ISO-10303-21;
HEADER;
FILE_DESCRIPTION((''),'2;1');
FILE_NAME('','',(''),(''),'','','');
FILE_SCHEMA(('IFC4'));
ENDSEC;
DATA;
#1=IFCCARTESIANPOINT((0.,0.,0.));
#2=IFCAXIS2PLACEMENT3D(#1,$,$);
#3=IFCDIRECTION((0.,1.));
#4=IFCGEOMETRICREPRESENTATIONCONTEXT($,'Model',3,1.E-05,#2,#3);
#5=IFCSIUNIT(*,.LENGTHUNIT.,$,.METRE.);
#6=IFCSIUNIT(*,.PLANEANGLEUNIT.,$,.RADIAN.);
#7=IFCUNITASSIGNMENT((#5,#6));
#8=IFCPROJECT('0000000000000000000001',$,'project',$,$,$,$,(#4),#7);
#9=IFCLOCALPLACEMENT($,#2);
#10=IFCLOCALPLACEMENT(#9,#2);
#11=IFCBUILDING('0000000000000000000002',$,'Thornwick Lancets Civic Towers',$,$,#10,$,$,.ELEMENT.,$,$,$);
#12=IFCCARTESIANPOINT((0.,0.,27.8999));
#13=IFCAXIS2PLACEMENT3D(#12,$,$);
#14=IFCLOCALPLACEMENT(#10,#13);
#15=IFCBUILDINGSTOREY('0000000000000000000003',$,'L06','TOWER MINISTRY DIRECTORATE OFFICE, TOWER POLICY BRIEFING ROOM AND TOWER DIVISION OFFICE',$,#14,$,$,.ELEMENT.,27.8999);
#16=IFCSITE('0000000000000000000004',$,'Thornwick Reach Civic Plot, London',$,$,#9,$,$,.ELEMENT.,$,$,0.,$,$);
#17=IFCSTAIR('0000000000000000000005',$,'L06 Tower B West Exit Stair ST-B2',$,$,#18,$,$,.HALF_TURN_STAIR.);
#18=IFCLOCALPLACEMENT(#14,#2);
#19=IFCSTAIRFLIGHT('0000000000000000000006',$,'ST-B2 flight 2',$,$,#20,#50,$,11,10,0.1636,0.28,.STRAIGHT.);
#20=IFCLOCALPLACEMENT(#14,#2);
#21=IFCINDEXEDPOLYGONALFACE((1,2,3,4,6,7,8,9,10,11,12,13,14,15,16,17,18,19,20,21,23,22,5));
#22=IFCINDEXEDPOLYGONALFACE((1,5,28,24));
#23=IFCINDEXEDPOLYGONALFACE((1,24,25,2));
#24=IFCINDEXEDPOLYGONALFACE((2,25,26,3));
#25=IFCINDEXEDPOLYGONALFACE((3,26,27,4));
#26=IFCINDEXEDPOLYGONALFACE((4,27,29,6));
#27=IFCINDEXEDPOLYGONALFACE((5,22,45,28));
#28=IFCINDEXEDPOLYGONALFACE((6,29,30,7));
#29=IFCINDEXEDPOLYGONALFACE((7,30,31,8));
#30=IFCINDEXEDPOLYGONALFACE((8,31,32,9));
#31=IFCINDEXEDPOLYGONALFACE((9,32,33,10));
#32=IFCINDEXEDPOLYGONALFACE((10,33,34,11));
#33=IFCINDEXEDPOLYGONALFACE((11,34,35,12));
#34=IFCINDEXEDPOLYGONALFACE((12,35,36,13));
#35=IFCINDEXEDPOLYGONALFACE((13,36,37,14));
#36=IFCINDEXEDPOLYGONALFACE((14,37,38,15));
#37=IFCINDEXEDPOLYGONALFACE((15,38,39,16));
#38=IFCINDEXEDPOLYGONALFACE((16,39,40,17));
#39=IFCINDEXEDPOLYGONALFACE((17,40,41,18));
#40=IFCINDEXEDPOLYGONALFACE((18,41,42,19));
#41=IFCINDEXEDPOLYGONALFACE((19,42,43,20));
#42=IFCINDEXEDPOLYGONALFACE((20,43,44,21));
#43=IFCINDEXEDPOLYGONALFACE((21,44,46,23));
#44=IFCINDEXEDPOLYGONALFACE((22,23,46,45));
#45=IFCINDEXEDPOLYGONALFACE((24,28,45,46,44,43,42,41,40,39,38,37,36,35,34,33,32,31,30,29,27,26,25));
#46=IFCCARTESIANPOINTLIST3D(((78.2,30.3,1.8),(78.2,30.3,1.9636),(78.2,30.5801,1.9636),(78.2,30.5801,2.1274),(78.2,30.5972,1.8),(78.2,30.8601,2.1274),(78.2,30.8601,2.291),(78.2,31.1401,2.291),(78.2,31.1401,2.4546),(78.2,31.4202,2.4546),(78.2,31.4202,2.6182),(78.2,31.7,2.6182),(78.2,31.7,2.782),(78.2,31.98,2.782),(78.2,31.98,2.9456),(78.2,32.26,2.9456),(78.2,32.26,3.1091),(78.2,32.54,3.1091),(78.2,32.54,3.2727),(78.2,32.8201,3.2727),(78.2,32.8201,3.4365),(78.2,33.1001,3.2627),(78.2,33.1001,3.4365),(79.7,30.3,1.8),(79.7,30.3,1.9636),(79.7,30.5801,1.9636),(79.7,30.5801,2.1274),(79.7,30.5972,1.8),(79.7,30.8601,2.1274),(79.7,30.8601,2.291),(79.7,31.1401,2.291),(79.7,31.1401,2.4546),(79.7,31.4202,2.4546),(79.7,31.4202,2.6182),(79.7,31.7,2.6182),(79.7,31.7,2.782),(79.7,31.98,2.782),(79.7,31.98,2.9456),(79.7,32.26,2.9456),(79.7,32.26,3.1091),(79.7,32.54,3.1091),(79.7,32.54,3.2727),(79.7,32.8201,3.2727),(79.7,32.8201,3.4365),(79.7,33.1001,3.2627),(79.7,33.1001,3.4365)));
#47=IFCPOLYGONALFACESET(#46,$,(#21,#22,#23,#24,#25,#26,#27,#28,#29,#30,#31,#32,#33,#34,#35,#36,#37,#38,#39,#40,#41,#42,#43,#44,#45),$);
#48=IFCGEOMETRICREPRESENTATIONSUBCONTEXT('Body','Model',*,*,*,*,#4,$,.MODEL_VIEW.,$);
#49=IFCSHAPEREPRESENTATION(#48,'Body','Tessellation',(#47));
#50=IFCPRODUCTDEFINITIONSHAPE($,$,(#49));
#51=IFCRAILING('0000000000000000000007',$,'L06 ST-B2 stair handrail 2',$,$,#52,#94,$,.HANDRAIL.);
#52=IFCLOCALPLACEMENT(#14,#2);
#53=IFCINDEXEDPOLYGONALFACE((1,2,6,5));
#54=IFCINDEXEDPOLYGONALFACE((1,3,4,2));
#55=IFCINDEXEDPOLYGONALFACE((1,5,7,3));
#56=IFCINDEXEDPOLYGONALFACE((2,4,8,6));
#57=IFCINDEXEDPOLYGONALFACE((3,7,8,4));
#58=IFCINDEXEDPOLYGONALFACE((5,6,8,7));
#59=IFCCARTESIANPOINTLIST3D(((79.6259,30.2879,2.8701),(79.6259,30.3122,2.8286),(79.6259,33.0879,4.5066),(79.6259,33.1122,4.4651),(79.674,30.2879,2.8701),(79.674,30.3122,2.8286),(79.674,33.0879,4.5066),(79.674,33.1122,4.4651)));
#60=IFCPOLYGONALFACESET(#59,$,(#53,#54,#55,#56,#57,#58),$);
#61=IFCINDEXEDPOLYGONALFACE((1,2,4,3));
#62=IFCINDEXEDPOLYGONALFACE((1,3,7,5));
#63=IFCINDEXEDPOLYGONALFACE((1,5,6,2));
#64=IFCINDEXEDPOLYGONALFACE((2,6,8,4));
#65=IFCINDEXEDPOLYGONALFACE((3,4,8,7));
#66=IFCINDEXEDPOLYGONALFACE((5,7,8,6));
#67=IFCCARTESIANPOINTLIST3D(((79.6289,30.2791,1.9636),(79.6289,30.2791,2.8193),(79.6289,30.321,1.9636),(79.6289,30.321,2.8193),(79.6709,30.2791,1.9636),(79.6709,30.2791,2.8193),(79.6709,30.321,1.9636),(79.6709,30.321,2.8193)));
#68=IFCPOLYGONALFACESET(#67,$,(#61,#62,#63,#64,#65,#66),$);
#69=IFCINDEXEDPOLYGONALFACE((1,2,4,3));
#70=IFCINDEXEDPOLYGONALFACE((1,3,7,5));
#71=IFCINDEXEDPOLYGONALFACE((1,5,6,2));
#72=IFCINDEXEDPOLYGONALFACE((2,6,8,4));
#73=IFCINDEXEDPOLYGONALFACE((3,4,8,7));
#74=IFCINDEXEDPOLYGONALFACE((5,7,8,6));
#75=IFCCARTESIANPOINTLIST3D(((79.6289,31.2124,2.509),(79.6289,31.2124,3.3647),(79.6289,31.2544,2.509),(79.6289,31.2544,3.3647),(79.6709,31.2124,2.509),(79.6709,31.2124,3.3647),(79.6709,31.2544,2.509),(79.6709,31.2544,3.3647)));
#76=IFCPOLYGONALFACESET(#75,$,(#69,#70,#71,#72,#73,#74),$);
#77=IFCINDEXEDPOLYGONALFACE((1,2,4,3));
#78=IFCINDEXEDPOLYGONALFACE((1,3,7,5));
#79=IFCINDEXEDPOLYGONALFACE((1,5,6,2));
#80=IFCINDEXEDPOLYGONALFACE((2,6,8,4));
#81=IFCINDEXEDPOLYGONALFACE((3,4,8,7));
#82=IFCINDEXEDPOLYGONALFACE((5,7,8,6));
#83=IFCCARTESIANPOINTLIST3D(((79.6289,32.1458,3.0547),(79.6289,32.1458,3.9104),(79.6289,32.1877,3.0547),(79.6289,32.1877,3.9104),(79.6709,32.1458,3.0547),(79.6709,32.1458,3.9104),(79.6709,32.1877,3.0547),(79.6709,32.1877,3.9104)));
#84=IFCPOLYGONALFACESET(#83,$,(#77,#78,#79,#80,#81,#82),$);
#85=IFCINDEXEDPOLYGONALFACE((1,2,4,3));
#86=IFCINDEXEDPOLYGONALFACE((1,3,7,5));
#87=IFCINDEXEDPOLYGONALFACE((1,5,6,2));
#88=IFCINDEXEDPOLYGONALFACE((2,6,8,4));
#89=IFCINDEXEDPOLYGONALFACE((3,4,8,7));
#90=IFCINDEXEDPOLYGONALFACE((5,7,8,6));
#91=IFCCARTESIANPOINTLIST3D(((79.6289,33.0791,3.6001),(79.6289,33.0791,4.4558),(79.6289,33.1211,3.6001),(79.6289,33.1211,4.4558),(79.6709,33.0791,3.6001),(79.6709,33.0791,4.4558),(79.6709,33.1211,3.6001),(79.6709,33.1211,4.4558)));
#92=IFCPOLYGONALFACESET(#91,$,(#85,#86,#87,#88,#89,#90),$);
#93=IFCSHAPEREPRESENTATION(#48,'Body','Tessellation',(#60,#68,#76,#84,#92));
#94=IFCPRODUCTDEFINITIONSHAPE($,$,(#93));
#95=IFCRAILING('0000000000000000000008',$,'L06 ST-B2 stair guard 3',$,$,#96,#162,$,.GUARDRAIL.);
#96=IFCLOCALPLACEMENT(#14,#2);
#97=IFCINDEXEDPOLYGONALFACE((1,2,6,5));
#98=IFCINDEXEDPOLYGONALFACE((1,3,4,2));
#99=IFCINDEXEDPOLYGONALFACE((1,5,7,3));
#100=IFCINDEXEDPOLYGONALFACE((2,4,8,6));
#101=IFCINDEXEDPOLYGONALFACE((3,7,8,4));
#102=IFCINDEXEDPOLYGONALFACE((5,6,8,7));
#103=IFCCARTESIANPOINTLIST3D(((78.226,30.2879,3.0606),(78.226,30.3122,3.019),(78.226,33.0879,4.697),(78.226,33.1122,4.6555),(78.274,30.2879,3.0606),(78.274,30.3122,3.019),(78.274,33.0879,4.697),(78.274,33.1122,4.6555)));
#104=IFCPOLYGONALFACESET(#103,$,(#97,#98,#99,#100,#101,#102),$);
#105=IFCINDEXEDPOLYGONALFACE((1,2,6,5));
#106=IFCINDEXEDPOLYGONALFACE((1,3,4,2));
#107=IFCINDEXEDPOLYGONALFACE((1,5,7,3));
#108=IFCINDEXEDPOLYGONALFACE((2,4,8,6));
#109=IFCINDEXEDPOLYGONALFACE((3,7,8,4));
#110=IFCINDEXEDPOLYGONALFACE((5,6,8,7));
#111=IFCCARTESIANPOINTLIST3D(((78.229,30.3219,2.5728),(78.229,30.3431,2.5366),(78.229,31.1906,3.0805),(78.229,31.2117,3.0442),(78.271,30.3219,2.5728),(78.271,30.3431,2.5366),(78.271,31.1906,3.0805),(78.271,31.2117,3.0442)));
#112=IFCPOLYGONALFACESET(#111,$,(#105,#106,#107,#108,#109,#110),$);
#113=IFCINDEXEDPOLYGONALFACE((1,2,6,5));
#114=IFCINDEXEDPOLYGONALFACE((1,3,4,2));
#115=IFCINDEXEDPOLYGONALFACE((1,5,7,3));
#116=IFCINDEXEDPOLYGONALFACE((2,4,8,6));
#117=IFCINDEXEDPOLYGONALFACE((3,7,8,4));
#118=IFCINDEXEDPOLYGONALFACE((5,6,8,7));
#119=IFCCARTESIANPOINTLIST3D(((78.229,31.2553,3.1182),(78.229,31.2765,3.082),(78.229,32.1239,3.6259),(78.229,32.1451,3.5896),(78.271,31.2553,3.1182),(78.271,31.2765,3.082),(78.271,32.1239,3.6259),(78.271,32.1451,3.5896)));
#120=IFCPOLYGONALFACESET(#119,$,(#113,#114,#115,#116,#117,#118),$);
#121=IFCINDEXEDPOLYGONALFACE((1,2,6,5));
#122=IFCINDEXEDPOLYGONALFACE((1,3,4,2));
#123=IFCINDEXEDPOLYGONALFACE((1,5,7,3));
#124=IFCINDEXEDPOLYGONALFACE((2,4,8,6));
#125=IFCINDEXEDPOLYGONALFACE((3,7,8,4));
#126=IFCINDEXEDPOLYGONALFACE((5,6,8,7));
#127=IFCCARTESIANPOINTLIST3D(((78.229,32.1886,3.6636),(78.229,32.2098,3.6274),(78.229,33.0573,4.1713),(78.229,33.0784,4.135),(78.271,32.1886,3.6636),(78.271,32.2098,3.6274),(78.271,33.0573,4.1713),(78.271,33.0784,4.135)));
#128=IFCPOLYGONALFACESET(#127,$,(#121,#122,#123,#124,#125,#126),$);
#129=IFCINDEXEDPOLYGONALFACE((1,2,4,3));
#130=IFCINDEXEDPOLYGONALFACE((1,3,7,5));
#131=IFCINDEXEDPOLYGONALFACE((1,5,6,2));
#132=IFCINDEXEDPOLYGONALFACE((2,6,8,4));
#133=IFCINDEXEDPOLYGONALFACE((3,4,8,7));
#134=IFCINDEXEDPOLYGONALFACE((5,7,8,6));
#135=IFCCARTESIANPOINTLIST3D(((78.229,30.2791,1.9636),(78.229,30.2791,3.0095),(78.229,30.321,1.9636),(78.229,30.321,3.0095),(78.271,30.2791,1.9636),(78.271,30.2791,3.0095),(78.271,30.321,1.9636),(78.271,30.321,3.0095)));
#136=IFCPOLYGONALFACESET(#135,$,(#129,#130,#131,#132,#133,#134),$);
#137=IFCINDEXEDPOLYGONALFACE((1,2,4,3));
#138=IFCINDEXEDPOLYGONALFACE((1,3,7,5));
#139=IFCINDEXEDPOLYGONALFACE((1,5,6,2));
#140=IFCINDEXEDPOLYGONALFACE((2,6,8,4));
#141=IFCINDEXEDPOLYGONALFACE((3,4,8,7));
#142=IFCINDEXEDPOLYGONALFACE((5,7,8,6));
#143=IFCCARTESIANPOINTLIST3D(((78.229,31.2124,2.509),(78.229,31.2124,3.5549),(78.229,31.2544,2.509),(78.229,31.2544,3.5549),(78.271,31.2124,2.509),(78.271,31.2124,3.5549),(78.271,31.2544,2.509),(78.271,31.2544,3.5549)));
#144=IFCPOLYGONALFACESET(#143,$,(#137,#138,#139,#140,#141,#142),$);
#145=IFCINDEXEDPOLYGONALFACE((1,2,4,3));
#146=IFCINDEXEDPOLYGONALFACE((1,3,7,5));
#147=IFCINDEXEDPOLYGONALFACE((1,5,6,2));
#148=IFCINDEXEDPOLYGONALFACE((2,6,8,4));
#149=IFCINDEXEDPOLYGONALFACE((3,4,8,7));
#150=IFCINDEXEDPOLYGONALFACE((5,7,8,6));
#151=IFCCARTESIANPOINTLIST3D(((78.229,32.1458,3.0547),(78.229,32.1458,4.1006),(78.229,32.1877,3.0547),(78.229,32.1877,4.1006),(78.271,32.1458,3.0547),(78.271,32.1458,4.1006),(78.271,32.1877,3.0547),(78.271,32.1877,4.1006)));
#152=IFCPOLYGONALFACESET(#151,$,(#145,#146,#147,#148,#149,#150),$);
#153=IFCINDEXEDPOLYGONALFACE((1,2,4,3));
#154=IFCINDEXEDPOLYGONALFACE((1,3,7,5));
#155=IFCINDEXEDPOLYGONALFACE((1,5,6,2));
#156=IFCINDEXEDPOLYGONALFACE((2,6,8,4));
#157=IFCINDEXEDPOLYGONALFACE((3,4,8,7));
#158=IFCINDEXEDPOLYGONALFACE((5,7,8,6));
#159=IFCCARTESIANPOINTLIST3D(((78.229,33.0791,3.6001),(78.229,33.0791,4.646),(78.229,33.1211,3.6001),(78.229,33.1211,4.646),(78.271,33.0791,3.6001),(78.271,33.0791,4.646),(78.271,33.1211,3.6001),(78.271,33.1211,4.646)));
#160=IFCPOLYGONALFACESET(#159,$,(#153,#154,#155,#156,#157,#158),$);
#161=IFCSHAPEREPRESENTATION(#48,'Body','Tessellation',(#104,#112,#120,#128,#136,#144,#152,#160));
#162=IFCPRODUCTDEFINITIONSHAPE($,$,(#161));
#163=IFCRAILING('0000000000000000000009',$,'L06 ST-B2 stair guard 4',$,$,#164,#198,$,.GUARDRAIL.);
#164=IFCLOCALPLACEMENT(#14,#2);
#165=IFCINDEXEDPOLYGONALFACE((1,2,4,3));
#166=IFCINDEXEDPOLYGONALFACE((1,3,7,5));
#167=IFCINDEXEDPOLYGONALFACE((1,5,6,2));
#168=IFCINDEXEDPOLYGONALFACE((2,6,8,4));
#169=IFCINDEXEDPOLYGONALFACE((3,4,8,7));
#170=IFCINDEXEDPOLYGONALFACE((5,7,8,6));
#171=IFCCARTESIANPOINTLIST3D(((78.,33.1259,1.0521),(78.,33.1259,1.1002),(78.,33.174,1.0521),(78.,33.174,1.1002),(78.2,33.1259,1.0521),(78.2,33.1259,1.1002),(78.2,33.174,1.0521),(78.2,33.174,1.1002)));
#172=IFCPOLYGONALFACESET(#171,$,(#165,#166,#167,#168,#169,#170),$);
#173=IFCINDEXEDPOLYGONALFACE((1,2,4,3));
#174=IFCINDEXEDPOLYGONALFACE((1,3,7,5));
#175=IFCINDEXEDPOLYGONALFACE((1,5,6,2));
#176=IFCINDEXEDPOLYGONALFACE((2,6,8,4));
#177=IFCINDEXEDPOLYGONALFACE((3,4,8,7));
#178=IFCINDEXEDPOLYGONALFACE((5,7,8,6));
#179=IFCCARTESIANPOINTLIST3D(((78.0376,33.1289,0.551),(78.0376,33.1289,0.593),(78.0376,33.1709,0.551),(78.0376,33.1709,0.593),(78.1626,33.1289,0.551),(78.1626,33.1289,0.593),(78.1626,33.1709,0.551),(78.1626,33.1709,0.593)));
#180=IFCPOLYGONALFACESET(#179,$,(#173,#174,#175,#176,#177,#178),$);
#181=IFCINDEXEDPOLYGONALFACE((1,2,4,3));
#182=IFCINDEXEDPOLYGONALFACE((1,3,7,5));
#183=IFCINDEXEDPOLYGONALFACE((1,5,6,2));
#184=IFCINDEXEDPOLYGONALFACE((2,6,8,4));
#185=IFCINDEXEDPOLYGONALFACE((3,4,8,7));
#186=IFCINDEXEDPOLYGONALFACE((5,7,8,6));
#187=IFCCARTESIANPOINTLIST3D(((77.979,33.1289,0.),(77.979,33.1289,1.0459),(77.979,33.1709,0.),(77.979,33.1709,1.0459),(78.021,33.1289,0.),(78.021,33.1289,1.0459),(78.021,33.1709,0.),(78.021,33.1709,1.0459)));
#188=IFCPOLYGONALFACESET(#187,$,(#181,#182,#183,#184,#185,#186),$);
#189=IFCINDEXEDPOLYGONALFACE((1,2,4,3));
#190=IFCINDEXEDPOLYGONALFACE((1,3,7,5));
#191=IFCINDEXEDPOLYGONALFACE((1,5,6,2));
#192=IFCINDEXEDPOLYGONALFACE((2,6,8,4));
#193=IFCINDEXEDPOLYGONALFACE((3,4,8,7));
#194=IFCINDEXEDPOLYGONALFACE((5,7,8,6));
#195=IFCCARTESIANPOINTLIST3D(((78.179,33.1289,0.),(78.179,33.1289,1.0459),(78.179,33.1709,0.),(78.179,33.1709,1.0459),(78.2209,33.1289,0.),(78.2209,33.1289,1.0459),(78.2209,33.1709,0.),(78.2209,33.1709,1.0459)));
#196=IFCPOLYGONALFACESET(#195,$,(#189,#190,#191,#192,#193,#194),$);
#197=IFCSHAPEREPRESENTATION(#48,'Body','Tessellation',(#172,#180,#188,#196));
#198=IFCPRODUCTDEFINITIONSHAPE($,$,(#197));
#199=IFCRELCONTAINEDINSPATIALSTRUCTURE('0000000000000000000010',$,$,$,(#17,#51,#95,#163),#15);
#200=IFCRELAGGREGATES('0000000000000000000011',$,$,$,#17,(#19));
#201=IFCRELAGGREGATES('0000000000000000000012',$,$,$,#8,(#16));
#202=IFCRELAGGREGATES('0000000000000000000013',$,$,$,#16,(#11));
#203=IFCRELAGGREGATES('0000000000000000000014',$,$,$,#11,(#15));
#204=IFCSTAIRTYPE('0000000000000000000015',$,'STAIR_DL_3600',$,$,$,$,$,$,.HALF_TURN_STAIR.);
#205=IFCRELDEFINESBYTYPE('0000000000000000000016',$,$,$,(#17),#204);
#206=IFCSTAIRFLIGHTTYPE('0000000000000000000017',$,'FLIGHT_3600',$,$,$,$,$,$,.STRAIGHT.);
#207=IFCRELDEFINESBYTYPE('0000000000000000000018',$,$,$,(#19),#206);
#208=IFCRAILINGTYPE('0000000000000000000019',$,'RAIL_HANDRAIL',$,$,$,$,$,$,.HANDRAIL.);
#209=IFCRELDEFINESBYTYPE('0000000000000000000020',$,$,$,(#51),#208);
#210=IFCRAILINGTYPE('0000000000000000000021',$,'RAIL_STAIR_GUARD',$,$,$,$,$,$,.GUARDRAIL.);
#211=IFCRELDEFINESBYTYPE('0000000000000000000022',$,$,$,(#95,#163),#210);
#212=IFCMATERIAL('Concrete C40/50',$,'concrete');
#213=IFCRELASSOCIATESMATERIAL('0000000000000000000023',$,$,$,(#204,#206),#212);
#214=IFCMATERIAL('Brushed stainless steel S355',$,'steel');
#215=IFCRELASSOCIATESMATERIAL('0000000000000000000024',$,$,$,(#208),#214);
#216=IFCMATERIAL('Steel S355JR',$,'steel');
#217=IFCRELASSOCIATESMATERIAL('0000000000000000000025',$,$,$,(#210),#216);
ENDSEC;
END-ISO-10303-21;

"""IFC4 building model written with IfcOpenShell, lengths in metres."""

from ifc_helpers import new_model, si_unit, direction, frame, origin, origin_2d, place, context, subcontext, project, spatial, polyline, rectangle, outline, extrude, material, type_object, element, aggregate, save


model = new_model("IFC4")

# Units and contexts
model_context = context("Model", 3, precision=1e-05, world=origin(), true_north=direction((0.0, 1.0)))
body_context = subcontext(model_context, "Body", "Model", "MODEL_VIEW")
ifc_project = project(units=[si_unit("LENGTHUNIT", "METRE"), si_unit("PLANEANGLEUNIT", "RADIAN")], contexts=[model_context])

# Site, building, storey
site_placement = place(None, origin())
site = spatial("IfcSite", under=ifc_project, at=site_placement, Name="Thornwick Reach Civic Plot, London", CompositionType="ELEMENT", RefElevation=0.0)
building_placement = place(site_placement, origin())
building = spatial("IfcBuilding", under=site, at=building_placement, Name="Thornwick Lancets Civic Towers", CompositionType="ELEMENT")
storey_placement = place(building_placement, frame((0.0, 0.0, 27.8999)))
storey = spatial("IfcBuildingStorey", under=building, at=storey_placement, Name="L06", Description="TOWER MINISTRY DIRECTORATE OFFICE, TOWER POLICY BRIEFING ROOM AND TOWER DIVISION OFFICE", CompositionType="ELEMENT", Elevation=27.8999)

# Shared definitions
ifc_material_1 = material(Name="Steel S355JR", Category="steel")

# Shared definitions
ifc_material_2 = material(Name="Concrete C40/50", Category="concrete")

# Stair, stair flight
stair_type = type_object("IfcStairType", Name="STAIR_DL_3600", PredefinedType="HALF_TURN_STAIR", material=ifc_material_2)
stair_placement = place(storey_placement, origin())
stair = element("IfcStair", 1, at=stair_placement, inside=storey, type_object=stair_type, Name="L06 Tower B West Exit Stair ST-B2", PredefinedType="HALF_TURN_STAIR")
stair_flight_type = type_object("IfcStairFlightType", Name="FLIGHT_3600", PredefinedType="STRAIGHT", material=ifc_material_2)
stair_flight_placement = place(storey_placement, frame((78.95, 30.3, 1.8), z_axis=(0.0, 0.0, 1.0), x_axis=(0.0, 1.0, 0.0)))
stair_flight = element("IfcStairFlight", 2, at=stair_flight_placement, type_object=stair_flight_type, Name="ST-B2 flight 2", NumberOfRisers=11, NumberOfTreads=10, PredefinedType="STRAIGHT", RiserHeight=0.1636, TreadLength=0.28, context=body_context, shape_type="SweptSolid", body=[
    extrude(outline(polyline([(0.0, 0.0), (0.0, 0.1636), (0.28, 0.1636), (0.28, 0.3274), (0.5601, 0.3274), (0.5601, 0.491), (0.8401, 0.491), (0.8401, 0.6545), (1.1201, 0.6545), (1.1201, 0.8181), (1.3999, 0.8181), (1.3999, 0.9819), (1.6799, 0.9819), (1.6799, 1.1455), (1.96, 1.1455), (1.96, 1.3091), (2.24, 1.3091), (2.24, 1.4727), (2.52, 1.4727), (2.52, 1.6365), (2.8, 1.6365), (2.8, 1.8), (2.8, 1.4626), (0.2971, 0.0), (0.0, 0.0)])), frame((0.0, 0.75, 0.0), z_axis=(0.0, -1.0, 0.0), x_axis=(1.0, 0.0, 0.0)), (0.0, 0.0, 1.0), 1.5),
])
aggregate(stair, [stair_flight])

# Railings
ifc_material_3 = material(Name="Brushed stainless steel S355", Category="steel")
railing_type_1 = type_object("IfcRailingType", Name="RAIL_HANDRAIL", PredefinedType="HANDRAIL", material=ifc_material_3)
railing_1_placement = place(storey_placement, frame((79.6499, 30.3, 1.9636)))
element("IfcRailing", 3, at=railing_1_placement, inside=storey, type_object=railing_type_1, Name="L06 ST-B2 stair handrail 2", PredefinedType="HANDRAIL", context=body_context, shape_type="SweptSolid", body=[
    extrude(rectangle(XDim=0.0481, YDim=0.0481, at=origin_2d()), frame((0.0, 0.0, 0.8857), z_axis=(0.0, 0.863361, 0.504587), x_axis=(-1.0, 0.0, 0.0)), (0.0, 0.0, 1.0), 3.2432),
    extrude(rectangle(XDim=0.042, YDim=0.042, at=origin_2d()), origin(), (0.0, 0.0, 1.0), 0.8557),
    extrude(rectangle(XDim=0.042, YDim=0.042, at=origin_2d()), frame((0.0, 0.9333, 0.5454)), (0.0, 0.0, 1.0), 0.8557),
    extrude(rectangle(XDim=0.042, YDim=0.042, at=origin_2d()), frame((0.0, 1.8667, 1.0911)), (0.0, 0.0, 1.0), 0.8557),
    extrude(rectangle(XDim=0.042, YDim=0.042, at=origin_2d()), frame((0.0, 2.8, 1.6365)), (0.0, 0.0, 1.0), 0.8557),
])
railing_type_2 = type_object("IfcRailingType", Name="RAIL_STAIR_GUARD", PredefinedType="GUARDRAIL", material=ifc_material_1)
railing_2_placement = place(storey_placement, frame((78.25, 30.3, 1.9636)))
element("IfcRailing", 4, at=railing_2_placement, inside=storey, type_object=railing_type_2, Name="L06 ST-B2 stair guard 3", PredefinedType="GUARDRAIL", context=body_context, shape_type="SweptSolid", body=[
    extrude(rectangle(XDim=0.0481, YDim=0.0481, at=origin_2d()), frame((0.0, 0.0, 1.0762), z_axis=(0.0, 0.863361, 0.504587), x_axis=(-1.0, 0.0, 0.0)), (0.0, 0.0, 1.0), 3.2432),
    extrude(rectangle(XDim=0.042, YDim=0.042, at=origin_2d()), frame((0.0, 0.0325, 0.5911), z_axis=(0.0, 0.863361, 0.504587), x_axis=(-1.0, 0.0, 0.0)), (0.0, 0.0, 1.0), 1.0061),
    extrude(rectangle(XDim=0.042, YDim=0.042, at=origin_2d()), frame((0.0, 0.9658, 1.1365), z_axis=(0.0, 0.863361, 0.504587), x_axis=(-1.0, 0.0, 0.0)), (0.0, 0.0, 1.0), 1.0061),
    extrude(rectangle(XDim=0.042, YDim=0.042, at=origin_2d()), frame((0.0, 1.8992, 1.6819), z_axis=(0.0, 0.863361, 0.504587), x_axis=(-1.0, 0.0, 0.0)), (0.0, 0.0, 1.0), 1.0061),
    extrude(rectangle(XDim=0.042, YDim=0.042, at=origin_2d()), origin(), (0.0, 0.0, 1.0), 1.0459),
    extrude(rectangle(XDim=0.042, YDim=0.042, at=origin_2d()), frame((0.0, 0.9333, 0.5454)), (0.0, 0.0, 1.0), 1.0459),
    extrude(rectangle(XDim=0.042, YDim=0.042, at=origin_2d()), frame((0.0, 1.8667, 1.0911)), (0.0, 0.0, 1.0), 1.0459),
    extrude(rectangle(XDim=0.042, YDim=0.042, at=origin_2d()), frame((0.0, 2.8, 1.6365)), (0.0, 0.0, 1.0), 1.0459),
])
railing_3_placement = place(storey_placement, frame((78.0, 33.1499, 0.0)))
element("IfcRailing", 5, at=railing_3_placement, inside=storey, type_object=railing_type_2, Name="L06 ST-B2 stair guard 4", PredefinedType="GUARDRAIL", context=body_context, shape_type="SweptSolid", body=[
    extrude(rectangle(XDim=0.0481, YDim=0.0481, at=origin_2d()), frame((0.0, 0.0, 1.0762), z_axis=(1.0, 0.0, 0.0), x_axis=(0.0, 1.0, 0.0)), (0.0, 0.0, 1.0), 0.2),
    extrude(rectangle(XDim=0.042, YDim=0.042, at=origin_2d()), frame((0.0376, 0.0, 0.572), z_axis=(1.0, 0.0, 0.0), x_axis=(0.0, 1.0, 0.0)), (0.0, 0.0, 1.0), 0.125),
    extrude(rectangle(XDim=0.042, YDim=0.042, at=origin_2d()), origin(), (0.0, 0.0, 1.0), 1.0459),
    extrude(rectangle(XDim=0.042, YDim=0.042, at=origin_2d()), frame((0.2, 0.0, 0.0)), (0.0, 0.0, 1.0), 1.0459),
])

save(model, "model.ifc")
